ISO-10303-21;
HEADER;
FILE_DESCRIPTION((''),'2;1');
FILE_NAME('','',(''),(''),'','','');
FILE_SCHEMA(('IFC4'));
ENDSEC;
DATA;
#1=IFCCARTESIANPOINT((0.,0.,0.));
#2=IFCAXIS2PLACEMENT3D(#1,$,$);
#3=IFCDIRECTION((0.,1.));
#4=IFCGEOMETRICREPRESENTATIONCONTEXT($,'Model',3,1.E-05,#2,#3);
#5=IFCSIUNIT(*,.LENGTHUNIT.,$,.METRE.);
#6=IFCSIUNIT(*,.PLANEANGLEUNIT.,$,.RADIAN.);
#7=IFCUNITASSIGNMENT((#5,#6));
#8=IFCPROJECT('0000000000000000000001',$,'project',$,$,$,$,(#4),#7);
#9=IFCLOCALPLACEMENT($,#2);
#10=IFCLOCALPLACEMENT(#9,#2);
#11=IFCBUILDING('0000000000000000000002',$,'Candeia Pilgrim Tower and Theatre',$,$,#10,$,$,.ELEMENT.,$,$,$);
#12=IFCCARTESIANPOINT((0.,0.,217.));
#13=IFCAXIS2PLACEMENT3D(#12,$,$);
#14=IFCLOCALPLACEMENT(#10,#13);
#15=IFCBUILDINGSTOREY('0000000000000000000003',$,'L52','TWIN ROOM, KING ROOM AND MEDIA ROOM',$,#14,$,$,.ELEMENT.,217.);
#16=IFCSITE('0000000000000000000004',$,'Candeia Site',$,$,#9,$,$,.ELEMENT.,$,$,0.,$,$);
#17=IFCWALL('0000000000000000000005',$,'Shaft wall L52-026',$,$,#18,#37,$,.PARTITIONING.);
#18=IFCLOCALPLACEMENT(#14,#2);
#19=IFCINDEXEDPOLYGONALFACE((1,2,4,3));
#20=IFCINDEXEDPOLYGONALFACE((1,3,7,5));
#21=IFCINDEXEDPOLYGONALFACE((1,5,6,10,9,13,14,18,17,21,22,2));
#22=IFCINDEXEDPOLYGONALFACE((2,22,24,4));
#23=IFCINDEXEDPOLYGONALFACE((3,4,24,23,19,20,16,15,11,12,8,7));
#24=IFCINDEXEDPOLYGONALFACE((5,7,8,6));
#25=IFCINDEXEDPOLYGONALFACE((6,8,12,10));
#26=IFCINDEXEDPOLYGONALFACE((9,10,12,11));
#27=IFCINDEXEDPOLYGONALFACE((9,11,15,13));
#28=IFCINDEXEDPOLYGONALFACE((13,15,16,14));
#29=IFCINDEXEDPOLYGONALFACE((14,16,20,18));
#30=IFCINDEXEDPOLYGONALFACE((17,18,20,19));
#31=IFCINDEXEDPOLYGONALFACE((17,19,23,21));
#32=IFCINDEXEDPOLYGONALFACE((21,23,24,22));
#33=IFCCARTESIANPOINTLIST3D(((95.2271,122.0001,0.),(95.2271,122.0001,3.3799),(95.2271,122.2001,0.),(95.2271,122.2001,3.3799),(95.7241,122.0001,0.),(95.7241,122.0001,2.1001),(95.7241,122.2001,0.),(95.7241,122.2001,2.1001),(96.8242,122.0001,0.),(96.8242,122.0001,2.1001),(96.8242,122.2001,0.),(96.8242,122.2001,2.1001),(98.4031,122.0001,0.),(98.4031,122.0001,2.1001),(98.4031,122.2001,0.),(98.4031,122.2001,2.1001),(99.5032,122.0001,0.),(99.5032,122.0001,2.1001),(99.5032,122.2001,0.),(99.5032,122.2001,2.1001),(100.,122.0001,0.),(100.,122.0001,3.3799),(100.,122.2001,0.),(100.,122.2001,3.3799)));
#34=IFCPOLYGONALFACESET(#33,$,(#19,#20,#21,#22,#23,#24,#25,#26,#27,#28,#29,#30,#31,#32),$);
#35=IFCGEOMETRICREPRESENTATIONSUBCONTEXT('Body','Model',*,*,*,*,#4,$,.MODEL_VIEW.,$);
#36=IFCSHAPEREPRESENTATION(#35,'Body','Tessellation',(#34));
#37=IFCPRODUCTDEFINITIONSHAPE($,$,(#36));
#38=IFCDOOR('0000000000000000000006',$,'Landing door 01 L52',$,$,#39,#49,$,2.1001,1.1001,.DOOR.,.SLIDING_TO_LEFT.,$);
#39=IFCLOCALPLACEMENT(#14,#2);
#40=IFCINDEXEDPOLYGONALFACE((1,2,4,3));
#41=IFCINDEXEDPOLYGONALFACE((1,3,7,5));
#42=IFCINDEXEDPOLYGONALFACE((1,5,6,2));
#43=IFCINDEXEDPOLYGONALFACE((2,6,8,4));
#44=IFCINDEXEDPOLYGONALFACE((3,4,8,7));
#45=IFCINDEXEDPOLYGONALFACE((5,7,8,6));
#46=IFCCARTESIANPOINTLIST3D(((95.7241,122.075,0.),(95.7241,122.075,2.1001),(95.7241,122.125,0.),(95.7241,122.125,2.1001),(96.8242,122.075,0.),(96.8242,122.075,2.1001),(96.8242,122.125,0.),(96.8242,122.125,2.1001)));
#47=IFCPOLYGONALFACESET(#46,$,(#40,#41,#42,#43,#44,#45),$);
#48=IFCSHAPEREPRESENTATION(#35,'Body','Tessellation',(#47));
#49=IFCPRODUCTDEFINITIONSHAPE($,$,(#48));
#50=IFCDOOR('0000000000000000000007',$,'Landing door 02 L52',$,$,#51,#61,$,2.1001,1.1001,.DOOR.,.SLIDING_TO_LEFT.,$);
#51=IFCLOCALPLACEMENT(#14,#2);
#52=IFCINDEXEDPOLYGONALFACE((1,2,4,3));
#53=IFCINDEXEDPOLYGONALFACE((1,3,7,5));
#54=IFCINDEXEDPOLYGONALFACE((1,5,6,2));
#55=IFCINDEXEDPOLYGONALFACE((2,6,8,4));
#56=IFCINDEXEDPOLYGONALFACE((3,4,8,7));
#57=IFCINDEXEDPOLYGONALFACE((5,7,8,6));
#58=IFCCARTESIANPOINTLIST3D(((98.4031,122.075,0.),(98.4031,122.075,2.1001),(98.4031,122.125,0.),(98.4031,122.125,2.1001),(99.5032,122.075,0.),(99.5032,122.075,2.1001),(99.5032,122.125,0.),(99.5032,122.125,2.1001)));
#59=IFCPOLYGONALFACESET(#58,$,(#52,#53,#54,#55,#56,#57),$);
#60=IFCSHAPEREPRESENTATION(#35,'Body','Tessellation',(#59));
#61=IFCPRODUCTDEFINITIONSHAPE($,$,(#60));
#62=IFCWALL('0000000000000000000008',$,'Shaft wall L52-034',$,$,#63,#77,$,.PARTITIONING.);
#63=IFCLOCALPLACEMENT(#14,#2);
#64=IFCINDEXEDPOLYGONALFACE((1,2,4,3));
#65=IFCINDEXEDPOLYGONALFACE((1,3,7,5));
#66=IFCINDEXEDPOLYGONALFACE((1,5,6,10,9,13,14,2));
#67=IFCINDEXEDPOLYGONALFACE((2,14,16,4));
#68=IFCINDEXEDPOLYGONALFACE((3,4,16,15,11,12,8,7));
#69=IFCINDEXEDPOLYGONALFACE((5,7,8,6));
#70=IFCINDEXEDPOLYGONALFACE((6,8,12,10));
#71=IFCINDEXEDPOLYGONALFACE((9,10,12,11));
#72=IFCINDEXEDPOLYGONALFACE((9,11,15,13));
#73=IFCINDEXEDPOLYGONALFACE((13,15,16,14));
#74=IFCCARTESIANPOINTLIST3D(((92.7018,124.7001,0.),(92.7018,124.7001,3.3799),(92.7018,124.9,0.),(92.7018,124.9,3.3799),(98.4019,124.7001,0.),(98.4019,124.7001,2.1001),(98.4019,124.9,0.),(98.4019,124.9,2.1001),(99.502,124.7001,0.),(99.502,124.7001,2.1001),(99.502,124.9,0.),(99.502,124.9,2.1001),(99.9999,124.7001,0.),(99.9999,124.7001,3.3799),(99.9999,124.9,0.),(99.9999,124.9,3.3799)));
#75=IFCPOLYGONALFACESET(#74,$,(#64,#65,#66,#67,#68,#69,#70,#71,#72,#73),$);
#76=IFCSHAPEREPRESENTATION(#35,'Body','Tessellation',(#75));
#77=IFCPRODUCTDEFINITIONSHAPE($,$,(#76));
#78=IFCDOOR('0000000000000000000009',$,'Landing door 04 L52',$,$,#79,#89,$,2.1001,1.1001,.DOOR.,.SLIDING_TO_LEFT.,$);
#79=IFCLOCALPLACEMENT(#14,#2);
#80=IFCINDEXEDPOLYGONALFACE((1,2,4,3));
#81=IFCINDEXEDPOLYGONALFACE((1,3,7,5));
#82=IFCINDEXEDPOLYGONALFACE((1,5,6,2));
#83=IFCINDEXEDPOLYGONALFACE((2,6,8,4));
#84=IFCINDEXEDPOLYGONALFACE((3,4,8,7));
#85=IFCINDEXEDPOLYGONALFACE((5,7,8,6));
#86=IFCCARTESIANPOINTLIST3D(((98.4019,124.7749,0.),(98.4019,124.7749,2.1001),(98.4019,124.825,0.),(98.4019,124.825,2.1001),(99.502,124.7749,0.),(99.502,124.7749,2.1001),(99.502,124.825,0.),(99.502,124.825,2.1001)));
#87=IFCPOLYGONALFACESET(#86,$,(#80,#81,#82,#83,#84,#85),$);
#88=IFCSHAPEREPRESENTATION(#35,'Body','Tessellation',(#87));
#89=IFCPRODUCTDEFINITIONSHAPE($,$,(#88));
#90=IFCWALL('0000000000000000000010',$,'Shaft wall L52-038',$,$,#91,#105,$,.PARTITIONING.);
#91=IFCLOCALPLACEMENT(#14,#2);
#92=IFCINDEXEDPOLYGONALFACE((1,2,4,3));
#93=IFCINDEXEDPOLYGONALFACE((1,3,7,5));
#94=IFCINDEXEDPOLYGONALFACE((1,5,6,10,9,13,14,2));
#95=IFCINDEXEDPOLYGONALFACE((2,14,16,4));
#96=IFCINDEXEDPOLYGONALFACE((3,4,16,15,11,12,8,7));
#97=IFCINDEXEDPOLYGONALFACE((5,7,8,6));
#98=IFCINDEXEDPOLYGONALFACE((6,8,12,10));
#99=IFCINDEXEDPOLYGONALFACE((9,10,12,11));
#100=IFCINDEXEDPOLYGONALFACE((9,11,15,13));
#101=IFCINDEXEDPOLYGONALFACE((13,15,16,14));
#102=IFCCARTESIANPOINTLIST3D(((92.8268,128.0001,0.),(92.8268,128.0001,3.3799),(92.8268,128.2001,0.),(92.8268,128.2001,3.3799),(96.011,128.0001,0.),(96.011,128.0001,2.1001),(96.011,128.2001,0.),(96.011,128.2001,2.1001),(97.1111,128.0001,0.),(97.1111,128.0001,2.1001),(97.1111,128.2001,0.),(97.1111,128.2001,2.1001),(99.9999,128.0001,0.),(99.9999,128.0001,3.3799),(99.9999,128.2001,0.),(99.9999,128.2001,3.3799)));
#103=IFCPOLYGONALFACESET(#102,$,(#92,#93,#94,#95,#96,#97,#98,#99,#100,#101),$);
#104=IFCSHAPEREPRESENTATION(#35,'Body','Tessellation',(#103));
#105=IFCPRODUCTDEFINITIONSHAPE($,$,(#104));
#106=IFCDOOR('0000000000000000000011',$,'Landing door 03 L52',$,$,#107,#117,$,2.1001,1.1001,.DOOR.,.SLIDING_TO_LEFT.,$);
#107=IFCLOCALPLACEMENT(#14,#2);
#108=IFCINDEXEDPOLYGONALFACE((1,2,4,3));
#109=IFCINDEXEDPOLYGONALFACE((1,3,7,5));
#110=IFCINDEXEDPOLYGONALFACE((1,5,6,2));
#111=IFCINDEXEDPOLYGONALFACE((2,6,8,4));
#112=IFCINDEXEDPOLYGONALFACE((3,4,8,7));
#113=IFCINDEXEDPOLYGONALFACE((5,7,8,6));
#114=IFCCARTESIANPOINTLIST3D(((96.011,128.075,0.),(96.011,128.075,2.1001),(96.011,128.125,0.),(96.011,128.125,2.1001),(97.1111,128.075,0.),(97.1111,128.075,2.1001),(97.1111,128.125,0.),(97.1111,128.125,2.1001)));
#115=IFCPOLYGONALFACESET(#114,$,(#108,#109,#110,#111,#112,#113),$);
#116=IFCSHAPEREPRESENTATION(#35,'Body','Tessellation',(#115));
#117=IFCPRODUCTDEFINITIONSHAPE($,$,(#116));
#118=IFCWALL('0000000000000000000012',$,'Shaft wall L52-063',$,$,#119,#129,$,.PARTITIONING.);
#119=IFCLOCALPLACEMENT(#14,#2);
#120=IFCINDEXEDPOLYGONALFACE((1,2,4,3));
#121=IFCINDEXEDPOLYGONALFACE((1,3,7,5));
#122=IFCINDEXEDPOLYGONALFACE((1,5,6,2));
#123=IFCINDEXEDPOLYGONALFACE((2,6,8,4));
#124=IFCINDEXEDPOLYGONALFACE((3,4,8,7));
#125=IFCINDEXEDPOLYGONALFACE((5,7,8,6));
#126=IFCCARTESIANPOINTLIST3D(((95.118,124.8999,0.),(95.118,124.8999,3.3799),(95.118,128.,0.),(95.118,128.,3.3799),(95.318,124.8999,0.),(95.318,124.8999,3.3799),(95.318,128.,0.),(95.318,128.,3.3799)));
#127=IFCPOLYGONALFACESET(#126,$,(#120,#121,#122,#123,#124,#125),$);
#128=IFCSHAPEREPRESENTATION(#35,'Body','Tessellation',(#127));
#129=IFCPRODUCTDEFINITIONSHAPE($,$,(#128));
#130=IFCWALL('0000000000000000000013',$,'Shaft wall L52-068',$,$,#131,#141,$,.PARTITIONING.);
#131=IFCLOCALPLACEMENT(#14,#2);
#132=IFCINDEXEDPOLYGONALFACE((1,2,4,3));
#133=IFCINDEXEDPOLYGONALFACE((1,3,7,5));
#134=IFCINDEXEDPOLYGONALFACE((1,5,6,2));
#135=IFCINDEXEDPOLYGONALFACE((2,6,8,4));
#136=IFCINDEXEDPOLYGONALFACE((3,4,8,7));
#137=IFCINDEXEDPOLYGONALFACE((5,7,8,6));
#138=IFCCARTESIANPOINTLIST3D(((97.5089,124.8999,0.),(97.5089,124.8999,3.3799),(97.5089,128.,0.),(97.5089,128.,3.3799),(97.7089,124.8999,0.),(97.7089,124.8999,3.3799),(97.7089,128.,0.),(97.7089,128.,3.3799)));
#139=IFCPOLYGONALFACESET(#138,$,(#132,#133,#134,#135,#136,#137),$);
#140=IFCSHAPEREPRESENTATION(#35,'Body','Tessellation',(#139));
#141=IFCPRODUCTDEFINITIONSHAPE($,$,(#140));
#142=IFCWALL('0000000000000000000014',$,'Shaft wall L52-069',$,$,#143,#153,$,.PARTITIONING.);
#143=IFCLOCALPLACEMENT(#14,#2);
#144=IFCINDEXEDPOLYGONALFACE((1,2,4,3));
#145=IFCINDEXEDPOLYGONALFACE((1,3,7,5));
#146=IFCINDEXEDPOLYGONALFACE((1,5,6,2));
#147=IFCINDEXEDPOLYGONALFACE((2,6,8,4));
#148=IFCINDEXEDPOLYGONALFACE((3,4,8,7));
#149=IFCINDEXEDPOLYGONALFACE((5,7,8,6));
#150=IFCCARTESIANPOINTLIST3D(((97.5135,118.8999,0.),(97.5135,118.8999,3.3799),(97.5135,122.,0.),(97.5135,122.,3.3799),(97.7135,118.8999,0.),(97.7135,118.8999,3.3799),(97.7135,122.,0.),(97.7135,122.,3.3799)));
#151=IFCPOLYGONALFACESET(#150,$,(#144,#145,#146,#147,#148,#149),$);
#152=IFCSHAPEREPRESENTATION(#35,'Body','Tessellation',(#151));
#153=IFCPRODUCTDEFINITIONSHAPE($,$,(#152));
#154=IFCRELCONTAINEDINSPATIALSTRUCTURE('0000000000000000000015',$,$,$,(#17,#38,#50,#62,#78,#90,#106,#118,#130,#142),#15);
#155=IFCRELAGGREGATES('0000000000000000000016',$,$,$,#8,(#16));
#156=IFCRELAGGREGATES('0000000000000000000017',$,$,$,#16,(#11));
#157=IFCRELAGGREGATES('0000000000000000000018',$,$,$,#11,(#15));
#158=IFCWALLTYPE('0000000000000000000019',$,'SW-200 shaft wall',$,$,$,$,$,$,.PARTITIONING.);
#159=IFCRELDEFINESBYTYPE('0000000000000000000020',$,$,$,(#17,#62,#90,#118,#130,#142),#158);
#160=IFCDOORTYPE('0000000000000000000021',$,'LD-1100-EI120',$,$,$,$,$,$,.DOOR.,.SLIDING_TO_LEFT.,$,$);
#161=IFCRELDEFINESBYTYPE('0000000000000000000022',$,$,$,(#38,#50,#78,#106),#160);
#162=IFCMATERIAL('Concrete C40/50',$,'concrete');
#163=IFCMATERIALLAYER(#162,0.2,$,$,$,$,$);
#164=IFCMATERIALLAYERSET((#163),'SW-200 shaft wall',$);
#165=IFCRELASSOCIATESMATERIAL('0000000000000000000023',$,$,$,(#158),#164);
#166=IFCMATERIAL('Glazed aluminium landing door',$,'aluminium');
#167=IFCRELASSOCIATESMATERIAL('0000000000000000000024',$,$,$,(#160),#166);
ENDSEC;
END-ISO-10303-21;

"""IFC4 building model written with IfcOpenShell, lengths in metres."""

from ifc_helpers import new_model, si_unit, direction, frame, frame_2d, origin, place, context, subcontext, project, spatial, rectangle, extrude, material, layer, layer_set, type_object, element, fill, save


model = new_model("IFC4")

# Units and contexts
model_context = context("Model", 3, precision=1e-05, world=origin(), true_north=direction((0.0, 1.0)))
body_context = subcontext(model_context, "Body", "Model", "MODEL_VIEW")
ifc_project = project(units=[si_unit("LENGTHUNIT", "METRE"), si_unit("PLANEANGLEUNIT", "RADIAN")], contexts=[model_context])

# Site, building, storey
site_placement = place(None, origin())
site = spatial("IfcSite", under=ifc_project, at=site_placement, Name="Candeia Site", CompositionType="ELEMENT", RefElevation=0.0)
building_placement = place(site_placement, origin())
building = spatial("IfcBuilding", under=site, at=building_placement, Name="Candeia Pilgrim Tower and Theatre", CompositionType="ELEMENT")
storey_placement = place(building_placement, frame((0.0, 0.0, 217.0)))
storey = spatial("IfcBuildingStorey", under=building, at=storey_placement, Name="L52", Description="TWIN ROOM, KING ROOM AND MEDIA ROOM", CompositionType="ELEMENT", Elevation=217.0)

# Shared definitions
ifc_material_1 = material(Name="Concrete C40/50", Category="concrete")
ifc_layer_1 = layer(ifc_material_1, 0.2)
ifc_layer_set_1 = layer_set([ifc_layer_1], Name="SW-200 shaft wall")
wall_type_1 = type_object("IfcWallType", Name="SW-200 shaft wall", PredefinedType="PARTITIONING", material=ifc_layer_set_1)

# Wall, openings, doors
wall_1_placement = place(storey_placement, frame((95.2271, 122.1001, 0.0), z_axis=(0.0, 0.0, 1.0), x_axis=(1.0, 0.0, 0.0)))
wall_1 = element("IfcWall", 1, at=wall_1_placement, inside=storey, type_object=wall_type_1, Name="Shaft wall L52-026", PredefinedType="PARTITIONING", context=body_context, shape_type="SweptSolid", body=[
    extrude(rectangle(XDim=4.7729, YDim=0.2, at=frame_2d((2.3865, 0.0))), origin(), (0.0, 0.0, 1.0), 3.3799),
])
opening_1_placement = place(wall_1_placement, frame((0.4971, 0.0, 0.0)))
opening_1 = element("IfcOpeningElement", 2, at=opening_1_placement, cuts=wall_1, PredefinedType="OPENING", context=body_context, shape_type="SweptSolid", body=[
    extrude(rectangle(XDim=1.1001, YDim=2.1001, at=frame_2d((0.55, 1.05))), frame((0.0, 0.1099, 0.0), z_axis=(0.0, -1.0, 0.0), x_axis=(1.0, 0.0, 0.0)), (0.0, 0.0, 1.0), 0.22),
])
opening_2_placement = place(wall_1_placement, frame((3.176, 0.0, 0.0)))
opening_2 = element("IfcOpeningElement", 3, at=opening_2_placement, cuts=wall_1, PredefinedType="OPENING", context=body_context, shape_type="SweptSolid", body=[
    extrude(rectangle(XDim=1.1001, YDim=2.1001, at=frame_2d((0.55, 1.05))), frame((0.0, 0.1099, 0.0), z_axis=(0.0, -1.0, 0.0), x_axis=(1.0, 0.0, 0.0)), (0.0, 0.0, 1.0), 0.22),
])
ifc_material_2 = material(Name="Glazed aluminium landing door", Category="aluminium")
door_type_1 = type_object("IfcDoorType", Name="LD-1100-EI120", OperationType="SLIDING_TO_LEFT", PredefinedType="DOOR", material=ifc_material_2)
door_1_placement = place(opening_1_placement, origin())
door_1 = element("IfcDoor", 4, at=door_1_placement, inside=storey, type_object=door_type_1, Name="Landing door 01 L52", OperationType="SLIDING_TO_LEFT", OverallHeight=2.1001, OverallWidth=1.1001, PredefinedType="DOOR", context=body_context, shape_type="SweptSolid", body=[
    extrude(rectangle(XDim=1.1001, YDim=2.1001, at=frame_2d((0.55, 1.05))), frame((0.0, 0.0249, 0.0), z_axis=(0.0, -1.0, 0.0), x_axis=(1.0, 0.0, 0.0)), (0.0, 0.0, 1.0), 0.05),
])
fill(opening_1, door_1)
door_2_placement = place(opening_2_placement, origin())
door_2 = element("IfcDoor", 5, at=door_2_placement, inside=storey, type_object=door_type_1, Name="Landing door 02 L52", OperationType="SLIDING_TO_LEFT", OverallHeight=2.1001, OverallWidth=1.1001, PredefinedType="DOOR", context=body_context, shape_type="SweptSolid", body=[
    extrude(rectangle(XDim=1.1001, YDim=2.1001, at=frame_2d((0.55, 1.05))), frame((0.0, 0.0249, 0.0), z_axis=(0.0, -1.0, 0.0), x_axis=(1.0, 0.0, 0.0)), (0.0, 0.0, 1.0), 0.05),
])
fill(opening_2, door_2)

# Walls, openings, doors
wall_2_placement = place(storey_placement, frame((92.7019, 124.8, 0.0), z_axis=(0.0, 0.0, 1.0), x_axis=(1.0, 0.0, 0.0)))
wall_2 = element("IfcWall", 6, at=wall_2_placement, inside=storey, type_object=wall_type_1, Name="Shaft wall L52-034", PredefinedType="PARTITIONING", context=body_context, shape_type="SweptSolid", body=[
    extrude(rectangle(XDim=7.2981, YDim=0.2, at=frame_2d((3.6489, 0.0))), origin(), (0.0, 0.0, 1.0), 3.3799),
])
opening_3_placement = place(wall_2_placement, frame((5.7, 0.0, 0.0)))
opening_3 = element("IfcOpeningElement", 7, at=opening_3_placement, cuts=wall_2, PredefinedType="OPENING", context=body_context, shape_type="SweptSolid", body=[
    extrude(rectangle(XDim=1.1001, YDim=2.1001, at=frame_2d((0.55, 1.05))), frame((0.0, 0.1099, 0.0), z_axis=(0.0, -1.0, 0.0), x_axis=(1.0, 0.0, 0.0)), (0.0, 0.0, 1.0), 0.22),
])
door_3_placement = place(opening_3_placement, origin())
door_3 = element("IfcDoor", 8, at=door_3_placement, inside=storey, type_object=door_type_1, Name="Landing door 04 L52", OperationType="SLIDING_TO_LEFT", OverallHeight=2.1001, OverallWidth=1.1001, PredefinedType="DOOR", context=body_context, shape_type="SweptSolid", body=[
    extrude(rectangle(XDim=1.1001, YDim=2.1001, at=frame_2d((0.55, 1.05))), frame((0.0, 0.0249, 0.0), z_axis=(0.0, -1.0, 0.0), x_axis=(1.0, 0.0, 0.0)), (0.0, 0.0, 1.0), 0.05),
])
fill(opening_3, door_3)
wall_3_placement = place(storey_placement, frame((92.8269, 128.1001, 0.0), z_axis=(0.0, 0.0, 1.0), x_axis=(1.0, 0.0, 0.0)))
wall_3 = element("IfcWall", 9, at=wall_3_placement, inside=storey, type_object=wall_type_1, Name="Shaft wall L52-038", PredefinedType="PARTITIONING", context=body_context, shape_type="SweptSolid", body=[
    extrude(rectangle(XDim=7.1731, YDim=0.2, at=frame_2d((3.5864, 0.0))), origin(), (0.0, 0.0, 1.0), 3.3799),
])
opening_4_placement = place(wall_3_placement, frame((3.1841, 0.0, 0.0)))
opening_4 = element("IfcOpeningElement", 10, at=opening_4_placement, cuts=wall_3, PredefinedType="OPENING", context=body_context, shape_type="SweptSolid", body=[
    extrude(rectangle(XDim=1.1001, YDim=2.1001, at=frame_2d((0.55, 1.05))), frame((0.0, 0.1099, 0.0), z_axis=(0.0, -1.0, 0.0), x_axis=(1.0, 0.0, 0.0)), (0.0, 0.0, 1.0), 0.22),
])
door_4_placement = place(opening_4_placement, origin())
door_4 = element("IfcDoor", 11, at=door_4_placement, inside=storey, type_object=door_type_1, Name="Landing door 03 L52", OperationType="SLIDING_TO_LEFT", OverallHeight=2.1001, OverallWidth=1.1001, PredefinedType="DOOR", context=body_context, shape_type="SweptSolid", body=[
    extrude(rectangle(XDim=1.1001, YDim=2.1001, at=frame_2d((0.55, 1.05))), frame((0.0, 0.0249, 0.0), z_axis=(0.0, -1.0, 0.0), x_axis=(1.0, 0.0, 0.0)), (0.0, 0.0, 1.0), 0.05),
])
fill(opening_4, door_4)

# Walls
for number, where, z_axis, x_axis, name in (
    (12, (95.218, 124.8999, 0.0), (0.0, 0.0, 1.0), (0.0, 1.0, 0.0), "Shaft wall L52-063"),
    (13, (97.6089, 124.8999, 0.0), (0.0, 0.0, 1.0), (0.0, 1.0, 0.0), "Shaft wall L52-068"),
    (14, (97.6135, 118.8999, 0.0), (0.0, 0.0, 1.0), (0.0, 1.0, 0.0), "Shaft wall L52-069"),
):
    element("IfcWall", number, at=place(storey_placement, frame(where, z_axis=z_axis, x_axis=x_axis)), inside=storey, type_object=wall_type_1, Name=name, PredefinedType="PARTITIONING", context=body_context, shape_type="SweptSolid", body=[
        extrude(rectangle(XDim=3.1001, YDim=0.2, at=frame_2d((1.55, 0.0))), origin(), (0.0, 0.0, 1.0), 3.3799),
    ])

save(model, "model.ifc")
